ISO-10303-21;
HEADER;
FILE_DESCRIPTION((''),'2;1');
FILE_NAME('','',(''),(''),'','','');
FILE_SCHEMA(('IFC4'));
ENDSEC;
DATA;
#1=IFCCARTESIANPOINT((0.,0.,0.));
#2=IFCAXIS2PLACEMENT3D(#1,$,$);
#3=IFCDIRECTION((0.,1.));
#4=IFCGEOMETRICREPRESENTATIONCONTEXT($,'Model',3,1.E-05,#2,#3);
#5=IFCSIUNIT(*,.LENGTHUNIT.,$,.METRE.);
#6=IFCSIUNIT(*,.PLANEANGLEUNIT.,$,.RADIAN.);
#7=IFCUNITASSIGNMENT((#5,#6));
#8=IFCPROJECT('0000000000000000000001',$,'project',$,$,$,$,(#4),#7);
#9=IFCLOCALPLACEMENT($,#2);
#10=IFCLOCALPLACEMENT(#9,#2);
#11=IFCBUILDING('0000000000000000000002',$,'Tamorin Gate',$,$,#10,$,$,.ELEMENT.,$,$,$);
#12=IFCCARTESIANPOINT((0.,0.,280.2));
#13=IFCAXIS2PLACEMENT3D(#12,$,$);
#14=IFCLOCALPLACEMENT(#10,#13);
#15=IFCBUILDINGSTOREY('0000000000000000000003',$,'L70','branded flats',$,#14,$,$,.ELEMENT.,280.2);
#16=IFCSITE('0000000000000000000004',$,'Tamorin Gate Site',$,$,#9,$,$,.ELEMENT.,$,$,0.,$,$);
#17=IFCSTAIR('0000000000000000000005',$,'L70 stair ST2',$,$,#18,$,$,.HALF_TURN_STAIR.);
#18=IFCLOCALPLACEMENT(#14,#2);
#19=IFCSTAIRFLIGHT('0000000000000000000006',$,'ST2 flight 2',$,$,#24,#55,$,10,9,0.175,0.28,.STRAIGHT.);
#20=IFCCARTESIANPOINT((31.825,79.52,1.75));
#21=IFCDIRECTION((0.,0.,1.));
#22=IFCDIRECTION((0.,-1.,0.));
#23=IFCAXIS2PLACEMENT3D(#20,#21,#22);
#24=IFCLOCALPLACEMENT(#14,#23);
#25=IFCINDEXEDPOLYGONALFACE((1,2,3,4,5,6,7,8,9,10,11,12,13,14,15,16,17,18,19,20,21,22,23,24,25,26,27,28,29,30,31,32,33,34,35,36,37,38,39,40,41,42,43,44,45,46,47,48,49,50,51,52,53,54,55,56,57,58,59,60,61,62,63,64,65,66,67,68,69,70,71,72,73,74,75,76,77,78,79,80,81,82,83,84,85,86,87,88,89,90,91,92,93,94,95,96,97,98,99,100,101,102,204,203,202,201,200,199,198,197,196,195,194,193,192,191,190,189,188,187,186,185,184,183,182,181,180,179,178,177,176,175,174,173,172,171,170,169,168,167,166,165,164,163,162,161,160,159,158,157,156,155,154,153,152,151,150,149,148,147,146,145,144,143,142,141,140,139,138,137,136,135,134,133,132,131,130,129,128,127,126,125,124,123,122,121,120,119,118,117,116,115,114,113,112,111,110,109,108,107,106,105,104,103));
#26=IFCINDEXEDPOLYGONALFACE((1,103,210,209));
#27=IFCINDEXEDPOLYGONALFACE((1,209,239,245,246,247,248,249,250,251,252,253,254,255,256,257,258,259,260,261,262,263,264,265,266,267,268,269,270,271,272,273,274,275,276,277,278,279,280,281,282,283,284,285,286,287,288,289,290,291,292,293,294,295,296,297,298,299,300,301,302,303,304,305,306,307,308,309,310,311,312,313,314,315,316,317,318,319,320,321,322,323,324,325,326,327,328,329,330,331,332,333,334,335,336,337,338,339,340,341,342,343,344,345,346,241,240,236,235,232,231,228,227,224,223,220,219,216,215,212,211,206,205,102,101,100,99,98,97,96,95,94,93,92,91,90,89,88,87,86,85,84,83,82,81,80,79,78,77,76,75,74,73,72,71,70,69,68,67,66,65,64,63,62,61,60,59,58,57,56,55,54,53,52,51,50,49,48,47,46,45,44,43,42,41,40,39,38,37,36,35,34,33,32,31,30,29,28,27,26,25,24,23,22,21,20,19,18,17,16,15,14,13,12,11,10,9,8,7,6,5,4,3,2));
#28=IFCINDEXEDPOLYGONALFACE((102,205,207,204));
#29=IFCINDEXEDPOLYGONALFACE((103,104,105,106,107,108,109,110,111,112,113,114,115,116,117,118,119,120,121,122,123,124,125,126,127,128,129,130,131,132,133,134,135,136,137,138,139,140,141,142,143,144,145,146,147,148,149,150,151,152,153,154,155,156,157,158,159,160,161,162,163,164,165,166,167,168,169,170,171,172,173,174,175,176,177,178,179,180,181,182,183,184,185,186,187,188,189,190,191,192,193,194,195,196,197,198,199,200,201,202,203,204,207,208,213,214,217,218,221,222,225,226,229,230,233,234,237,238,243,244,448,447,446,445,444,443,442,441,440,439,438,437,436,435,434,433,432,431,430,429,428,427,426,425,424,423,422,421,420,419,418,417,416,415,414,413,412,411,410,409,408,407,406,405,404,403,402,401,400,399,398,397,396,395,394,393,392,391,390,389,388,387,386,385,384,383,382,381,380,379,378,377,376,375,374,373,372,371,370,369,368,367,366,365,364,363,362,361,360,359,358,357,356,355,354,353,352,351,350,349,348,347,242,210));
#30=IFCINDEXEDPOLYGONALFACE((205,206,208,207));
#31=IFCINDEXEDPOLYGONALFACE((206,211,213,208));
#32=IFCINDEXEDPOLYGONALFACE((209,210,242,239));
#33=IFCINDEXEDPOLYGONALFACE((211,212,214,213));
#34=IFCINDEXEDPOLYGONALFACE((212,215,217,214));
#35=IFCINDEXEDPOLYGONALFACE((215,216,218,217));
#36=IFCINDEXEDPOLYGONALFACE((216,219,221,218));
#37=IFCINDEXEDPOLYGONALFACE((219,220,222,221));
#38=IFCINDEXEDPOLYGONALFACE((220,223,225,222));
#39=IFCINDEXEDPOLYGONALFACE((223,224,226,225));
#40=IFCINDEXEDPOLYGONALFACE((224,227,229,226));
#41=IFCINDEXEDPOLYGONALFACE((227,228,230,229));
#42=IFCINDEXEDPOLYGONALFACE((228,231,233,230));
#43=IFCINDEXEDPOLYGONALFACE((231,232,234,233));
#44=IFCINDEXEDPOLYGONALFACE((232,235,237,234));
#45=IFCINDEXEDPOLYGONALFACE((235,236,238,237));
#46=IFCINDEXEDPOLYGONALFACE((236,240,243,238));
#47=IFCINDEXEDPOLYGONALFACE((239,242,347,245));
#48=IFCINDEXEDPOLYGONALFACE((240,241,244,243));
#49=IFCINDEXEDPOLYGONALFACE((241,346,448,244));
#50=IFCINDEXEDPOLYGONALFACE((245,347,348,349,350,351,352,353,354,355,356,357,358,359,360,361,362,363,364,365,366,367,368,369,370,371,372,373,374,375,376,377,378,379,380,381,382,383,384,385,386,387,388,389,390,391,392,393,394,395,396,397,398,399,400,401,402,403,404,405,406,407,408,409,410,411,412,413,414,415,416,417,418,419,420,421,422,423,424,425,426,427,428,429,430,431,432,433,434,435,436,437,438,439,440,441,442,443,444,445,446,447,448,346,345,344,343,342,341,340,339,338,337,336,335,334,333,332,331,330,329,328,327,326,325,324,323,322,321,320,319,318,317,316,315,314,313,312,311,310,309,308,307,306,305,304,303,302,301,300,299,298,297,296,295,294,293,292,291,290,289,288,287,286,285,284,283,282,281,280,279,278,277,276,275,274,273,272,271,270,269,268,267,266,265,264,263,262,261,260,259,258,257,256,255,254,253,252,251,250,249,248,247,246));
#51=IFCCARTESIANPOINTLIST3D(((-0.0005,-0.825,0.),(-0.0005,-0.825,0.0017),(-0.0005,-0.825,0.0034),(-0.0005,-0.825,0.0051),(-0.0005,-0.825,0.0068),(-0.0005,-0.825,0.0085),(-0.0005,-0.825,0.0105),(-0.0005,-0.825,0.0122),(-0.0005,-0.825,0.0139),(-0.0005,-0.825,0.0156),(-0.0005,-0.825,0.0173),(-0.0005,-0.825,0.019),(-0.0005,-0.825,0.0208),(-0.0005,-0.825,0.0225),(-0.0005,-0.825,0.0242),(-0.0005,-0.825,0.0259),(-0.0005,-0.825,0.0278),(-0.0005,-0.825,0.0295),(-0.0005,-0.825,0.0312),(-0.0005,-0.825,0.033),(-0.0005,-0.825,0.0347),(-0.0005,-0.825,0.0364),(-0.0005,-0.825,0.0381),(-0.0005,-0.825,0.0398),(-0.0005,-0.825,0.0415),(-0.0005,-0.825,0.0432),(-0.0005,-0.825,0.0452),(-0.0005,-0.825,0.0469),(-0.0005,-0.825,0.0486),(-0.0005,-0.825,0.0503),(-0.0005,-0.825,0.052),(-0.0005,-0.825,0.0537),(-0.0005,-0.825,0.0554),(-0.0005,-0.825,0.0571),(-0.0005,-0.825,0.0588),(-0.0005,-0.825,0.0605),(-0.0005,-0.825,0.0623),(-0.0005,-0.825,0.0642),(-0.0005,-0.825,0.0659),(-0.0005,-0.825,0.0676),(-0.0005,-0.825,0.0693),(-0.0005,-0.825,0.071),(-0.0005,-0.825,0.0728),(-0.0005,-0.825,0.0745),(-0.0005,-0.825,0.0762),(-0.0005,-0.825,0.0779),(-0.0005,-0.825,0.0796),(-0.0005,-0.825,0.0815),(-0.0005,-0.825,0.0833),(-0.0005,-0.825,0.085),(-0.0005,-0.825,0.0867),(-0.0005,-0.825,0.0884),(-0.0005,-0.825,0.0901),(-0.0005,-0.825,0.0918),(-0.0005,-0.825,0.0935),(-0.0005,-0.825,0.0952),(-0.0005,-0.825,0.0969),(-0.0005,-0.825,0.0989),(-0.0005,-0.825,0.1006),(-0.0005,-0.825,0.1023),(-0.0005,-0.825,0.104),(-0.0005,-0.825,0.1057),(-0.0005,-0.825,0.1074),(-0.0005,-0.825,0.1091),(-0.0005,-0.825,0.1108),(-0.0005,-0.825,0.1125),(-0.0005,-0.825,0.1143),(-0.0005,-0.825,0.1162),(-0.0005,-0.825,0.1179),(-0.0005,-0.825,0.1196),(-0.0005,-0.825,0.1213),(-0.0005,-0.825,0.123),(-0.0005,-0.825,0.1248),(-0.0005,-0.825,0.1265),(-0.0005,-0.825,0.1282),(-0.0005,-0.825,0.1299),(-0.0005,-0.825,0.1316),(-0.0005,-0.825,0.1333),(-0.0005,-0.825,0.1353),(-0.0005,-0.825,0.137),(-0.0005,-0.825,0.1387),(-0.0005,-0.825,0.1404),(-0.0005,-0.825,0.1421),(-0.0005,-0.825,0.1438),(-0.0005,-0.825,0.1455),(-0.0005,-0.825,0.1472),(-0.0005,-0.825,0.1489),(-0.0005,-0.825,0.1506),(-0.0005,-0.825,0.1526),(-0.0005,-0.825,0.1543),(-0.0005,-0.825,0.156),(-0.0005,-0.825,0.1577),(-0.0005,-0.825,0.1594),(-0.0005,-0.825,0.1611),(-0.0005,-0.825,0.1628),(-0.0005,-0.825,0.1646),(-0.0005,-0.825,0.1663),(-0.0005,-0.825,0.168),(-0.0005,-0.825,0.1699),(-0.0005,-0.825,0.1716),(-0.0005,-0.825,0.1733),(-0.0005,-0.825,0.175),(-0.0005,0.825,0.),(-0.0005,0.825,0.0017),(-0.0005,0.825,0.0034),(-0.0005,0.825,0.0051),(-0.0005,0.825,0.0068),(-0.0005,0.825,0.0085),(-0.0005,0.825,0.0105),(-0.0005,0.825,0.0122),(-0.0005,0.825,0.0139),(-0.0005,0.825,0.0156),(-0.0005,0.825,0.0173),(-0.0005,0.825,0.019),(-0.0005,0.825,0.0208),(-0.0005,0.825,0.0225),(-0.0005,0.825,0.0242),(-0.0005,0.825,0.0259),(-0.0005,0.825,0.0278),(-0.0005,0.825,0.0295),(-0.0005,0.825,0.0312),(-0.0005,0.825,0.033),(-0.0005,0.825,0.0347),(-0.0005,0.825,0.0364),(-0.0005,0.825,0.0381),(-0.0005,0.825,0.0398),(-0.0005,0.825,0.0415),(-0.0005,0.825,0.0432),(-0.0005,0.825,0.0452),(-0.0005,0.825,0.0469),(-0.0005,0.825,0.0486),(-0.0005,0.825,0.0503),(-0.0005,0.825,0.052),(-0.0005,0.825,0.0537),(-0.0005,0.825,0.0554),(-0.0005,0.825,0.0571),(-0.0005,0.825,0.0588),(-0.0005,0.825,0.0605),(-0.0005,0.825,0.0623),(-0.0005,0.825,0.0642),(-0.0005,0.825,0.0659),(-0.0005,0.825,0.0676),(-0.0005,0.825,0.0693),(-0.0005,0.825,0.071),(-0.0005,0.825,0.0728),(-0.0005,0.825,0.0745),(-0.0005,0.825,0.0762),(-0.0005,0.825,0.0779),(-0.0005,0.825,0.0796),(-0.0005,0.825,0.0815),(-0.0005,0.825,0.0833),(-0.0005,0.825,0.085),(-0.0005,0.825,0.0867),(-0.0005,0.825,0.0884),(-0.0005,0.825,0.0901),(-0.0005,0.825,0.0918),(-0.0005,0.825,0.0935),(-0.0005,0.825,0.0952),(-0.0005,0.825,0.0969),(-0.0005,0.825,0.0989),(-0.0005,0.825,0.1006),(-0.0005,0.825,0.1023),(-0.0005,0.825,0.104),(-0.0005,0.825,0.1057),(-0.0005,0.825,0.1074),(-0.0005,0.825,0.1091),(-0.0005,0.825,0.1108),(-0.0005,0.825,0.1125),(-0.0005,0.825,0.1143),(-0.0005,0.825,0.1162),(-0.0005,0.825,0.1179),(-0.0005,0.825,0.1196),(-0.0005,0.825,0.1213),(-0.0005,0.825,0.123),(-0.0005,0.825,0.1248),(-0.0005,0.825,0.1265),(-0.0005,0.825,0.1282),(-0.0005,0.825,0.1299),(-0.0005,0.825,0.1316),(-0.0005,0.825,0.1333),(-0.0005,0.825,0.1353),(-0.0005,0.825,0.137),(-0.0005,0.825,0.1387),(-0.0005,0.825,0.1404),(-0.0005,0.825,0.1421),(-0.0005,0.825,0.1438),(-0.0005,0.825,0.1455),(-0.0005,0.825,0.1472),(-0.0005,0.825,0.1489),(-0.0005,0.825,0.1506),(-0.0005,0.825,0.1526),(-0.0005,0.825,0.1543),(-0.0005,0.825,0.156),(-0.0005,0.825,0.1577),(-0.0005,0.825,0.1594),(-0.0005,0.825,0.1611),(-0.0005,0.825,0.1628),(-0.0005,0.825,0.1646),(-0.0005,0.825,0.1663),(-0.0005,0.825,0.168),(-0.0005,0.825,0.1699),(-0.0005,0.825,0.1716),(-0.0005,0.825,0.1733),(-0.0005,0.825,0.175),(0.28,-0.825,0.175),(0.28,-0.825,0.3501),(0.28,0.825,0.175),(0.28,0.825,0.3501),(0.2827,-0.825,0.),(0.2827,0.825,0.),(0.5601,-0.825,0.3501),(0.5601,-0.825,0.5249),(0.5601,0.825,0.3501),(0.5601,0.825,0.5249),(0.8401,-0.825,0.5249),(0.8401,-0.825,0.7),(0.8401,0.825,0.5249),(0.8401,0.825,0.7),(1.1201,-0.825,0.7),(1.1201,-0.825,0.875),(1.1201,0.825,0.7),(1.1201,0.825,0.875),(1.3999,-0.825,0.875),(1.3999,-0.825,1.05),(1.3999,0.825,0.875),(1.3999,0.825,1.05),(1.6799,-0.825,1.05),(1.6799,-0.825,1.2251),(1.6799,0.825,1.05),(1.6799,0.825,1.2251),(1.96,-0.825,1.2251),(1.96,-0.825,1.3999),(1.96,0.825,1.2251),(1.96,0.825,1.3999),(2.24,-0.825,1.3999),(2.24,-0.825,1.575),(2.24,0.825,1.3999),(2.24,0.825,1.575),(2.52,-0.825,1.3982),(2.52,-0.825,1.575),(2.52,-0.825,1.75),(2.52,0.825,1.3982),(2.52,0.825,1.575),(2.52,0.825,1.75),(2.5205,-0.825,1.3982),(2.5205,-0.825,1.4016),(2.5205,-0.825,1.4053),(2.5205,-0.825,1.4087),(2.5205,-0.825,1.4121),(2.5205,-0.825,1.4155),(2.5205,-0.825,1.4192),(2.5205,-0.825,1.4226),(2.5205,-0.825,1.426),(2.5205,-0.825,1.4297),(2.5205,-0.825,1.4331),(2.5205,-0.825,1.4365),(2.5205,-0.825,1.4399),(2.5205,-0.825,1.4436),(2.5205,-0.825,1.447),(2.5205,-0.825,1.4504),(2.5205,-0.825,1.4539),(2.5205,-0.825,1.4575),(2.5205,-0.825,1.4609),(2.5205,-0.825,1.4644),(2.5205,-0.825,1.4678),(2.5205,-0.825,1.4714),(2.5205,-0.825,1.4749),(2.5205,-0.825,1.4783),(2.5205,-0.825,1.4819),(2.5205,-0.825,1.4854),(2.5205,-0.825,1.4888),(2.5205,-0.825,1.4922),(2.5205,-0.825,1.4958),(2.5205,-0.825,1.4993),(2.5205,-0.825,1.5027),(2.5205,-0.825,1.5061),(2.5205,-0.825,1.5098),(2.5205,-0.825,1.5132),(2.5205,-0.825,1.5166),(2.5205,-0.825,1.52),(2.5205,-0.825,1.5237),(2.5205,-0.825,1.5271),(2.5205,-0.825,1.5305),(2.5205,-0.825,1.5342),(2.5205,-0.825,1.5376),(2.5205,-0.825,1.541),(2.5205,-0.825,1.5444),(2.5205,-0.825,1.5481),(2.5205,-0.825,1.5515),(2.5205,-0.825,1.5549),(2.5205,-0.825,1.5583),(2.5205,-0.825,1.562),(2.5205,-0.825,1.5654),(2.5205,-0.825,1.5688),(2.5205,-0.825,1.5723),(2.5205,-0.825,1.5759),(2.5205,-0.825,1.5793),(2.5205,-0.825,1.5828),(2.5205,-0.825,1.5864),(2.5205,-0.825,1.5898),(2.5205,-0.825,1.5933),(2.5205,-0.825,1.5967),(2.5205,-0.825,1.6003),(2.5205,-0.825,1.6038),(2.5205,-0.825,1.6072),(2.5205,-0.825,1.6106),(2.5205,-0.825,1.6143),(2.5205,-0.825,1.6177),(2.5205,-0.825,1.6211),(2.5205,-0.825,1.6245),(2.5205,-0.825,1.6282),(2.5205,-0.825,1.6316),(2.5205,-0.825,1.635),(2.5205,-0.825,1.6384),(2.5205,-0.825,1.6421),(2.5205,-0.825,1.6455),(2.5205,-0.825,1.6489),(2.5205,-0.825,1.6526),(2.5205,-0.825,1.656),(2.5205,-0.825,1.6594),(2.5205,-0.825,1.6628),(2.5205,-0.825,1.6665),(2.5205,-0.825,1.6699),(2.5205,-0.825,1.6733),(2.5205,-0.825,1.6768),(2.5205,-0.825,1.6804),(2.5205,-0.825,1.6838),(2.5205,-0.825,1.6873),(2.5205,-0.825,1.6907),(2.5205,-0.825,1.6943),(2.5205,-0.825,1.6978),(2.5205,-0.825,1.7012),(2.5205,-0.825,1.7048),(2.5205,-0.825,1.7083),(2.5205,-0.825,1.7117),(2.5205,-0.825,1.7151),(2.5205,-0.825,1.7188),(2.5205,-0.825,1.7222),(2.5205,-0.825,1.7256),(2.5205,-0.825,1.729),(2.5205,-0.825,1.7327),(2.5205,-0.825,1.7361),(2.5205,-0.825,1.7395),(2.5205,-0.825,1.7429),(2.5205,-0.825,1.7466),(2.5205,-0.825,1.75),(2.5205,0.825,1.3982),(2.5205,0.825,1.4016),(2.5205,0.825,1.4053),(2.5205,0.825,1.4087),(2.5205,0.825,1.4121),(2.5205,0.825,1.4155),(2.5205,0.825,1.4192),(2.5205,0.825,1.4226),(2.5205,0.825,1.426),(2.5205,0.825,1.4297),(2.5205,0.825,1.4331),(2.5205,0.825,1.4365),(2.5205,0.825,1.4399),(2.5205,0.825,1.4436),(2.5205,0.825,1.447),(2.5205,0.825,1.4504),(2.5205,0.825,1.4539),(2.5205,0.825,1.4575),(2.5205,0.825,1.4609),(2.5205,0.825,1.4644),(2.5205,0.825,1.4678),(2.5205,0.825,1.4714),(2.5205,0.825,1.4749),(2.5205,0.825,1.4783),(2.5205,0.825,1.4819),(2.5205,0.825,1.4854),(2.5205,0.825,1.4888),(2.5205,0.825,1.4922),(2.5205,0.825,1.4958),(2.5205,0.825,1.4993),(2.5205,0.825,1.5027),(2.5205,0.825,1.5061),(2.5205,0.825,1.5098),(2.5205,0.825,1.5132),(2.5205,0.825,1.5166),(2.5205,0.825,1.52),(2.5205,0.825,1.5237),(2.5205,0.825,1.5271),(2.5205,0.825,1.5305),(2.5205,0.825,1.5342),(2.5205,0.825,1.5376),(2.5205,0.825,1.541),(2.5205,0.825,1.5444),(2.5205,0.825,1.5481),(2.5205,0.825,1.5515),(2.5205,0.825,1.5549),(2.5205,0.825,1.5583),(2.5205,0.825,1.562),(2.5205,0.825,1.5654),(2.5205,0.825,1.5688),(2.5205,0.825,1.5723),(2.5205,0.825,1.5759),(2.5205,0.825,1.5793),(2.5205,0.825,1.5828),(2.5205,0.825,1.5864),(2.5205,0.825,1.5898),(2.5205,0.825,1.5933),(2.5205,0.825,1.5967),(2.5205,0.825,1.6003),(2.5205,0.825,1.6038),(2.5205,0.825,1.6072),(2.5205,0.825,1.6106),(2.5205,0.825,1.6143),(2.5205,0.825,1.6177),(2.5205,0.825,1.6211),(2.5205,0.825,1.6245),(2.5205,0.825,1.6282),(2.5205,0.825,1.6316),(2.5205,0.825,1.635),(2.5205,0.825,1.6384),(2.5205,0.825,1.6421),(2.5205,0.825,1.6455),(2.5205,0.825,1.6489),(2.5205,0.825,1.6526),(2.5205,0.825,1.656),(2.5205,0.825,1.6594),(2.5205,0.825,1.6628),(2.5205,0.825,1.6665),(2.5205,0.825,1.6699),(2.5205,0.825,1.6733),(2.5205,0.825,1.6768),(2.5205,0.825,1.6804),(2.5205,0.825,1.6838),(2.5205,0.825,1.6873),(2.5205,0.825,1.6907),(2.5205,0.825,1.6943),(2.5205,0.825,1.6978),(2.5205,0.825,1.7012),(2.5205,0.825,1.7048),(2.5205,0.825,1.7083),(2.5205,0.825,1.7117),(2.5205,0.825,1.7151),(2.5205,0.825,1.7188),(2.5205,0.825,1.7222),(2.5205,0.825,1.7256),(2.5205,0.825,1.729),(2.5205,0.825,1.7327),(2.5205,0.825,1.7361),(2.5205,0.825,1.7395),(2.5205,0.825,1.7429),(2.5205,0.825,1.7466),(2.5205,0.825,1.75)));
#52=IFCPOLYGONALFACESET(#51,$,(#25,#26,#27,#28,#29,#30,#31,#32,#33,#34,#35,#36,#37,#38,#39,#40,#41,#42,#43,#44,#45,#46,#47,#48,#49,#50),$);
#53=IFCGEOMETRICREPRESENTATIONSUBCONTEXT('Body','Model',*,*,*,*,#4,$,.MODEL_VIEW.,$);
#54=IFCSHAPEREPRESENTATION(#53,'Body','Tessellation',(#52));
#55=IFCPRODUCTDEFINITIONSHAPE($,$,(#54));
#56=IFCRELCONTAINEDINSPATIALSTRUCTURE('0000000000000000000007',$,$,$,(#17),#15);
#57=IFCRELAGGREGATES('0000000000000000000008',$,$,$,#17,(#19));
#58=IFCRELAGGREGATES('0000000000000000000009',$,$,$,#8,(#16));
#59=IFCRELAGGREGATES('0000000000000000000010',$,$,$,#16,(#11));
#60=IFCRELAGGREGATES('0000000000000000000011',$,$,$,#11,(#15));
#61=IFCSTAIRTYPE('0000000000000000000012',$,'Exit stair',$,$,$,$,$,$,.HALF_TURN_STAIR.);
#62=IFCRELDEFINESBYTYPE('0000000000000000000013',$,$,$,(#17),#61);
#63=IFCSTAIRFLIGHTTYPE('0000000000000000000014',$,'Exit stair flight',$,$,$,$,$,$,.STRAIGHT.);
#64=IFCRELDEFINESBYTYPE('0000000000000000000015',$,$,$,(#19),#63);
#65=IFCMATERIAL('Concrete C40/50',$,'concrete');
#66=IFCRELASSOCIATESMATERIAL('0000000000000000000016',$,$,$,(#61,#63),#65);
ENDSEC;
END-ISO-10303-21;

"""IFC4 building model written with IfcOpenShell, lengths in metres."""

from ifc_helpers import new_model, si_unit, direction, frame, origin, place, context, subcontext, project, spatial, polyline, outline, extrude, material, type_object, element, aggregate, save


model = new_model("IFC4")

# Units and contexts
model_context = context("Model", 3, precision=1e-05, world=origin(), true_north=direction((0.0, 1.0)))
body_context = subcontext(model_context, "Body", "Model", "MODEL_VIEW")
ifc_project = project(units=[si_unit("LENGTHUNIT", "METRE"), si_unit("PLANEANGLEUNIT", "RADIAN")], contexts=[model_context])

# Site, building, storey
site_placement = place(None, origin())
site = spatial("IfcSite", under=ifc_project, at=site_placement, Name="Tamorin Gate Site", CompositionType="ELEMENT", RefElevation=0.0)
building_placement = place(site_placement, origin())
building = spatial("IfcBuilding", under=site, at=building_placement, Name="Tamorin Gate", CompositionType="ELEMENT")
storey_placement = place(building_placement, frame((0.0, 0.0, 280.2)))
storey = spatial("IfcBuildingStorey", under=building, at=storey_placement, Name="L70", Description="branded flats", CompositionType="ELEMENT", Elevation=280.2)

# Stair, stair flight
ifc_material_1 = material(Name="Concrete C40/50", Category="concrete")
stair_type = type_object("IfcStairType", Name="Exit stair", PredefinedType="HALF_TURN_STAIR", material=ifc_material_1)
stair_placement = place(storey_placement, origin())
stair = element("IfcStair", 1, at=stair_placement, inside=storey, type_object=stair_type, Name="L70 stair ST2", PredefinedType="HALF_TURN_STAIR")
stair_flight_type = type_object("IfcStairFlightType", Name="Exit stair flight", PredefinedType="STRAIGHT", material=ifc_material_1)
stair_flight_placement = place(storey_placement, frame((31.825, 79.52, 1.75), z_axis=(0.0, 0.0, 1.0), x_axis=(0.0, -1.0, 0.0)))
stair_flight = element("IfcStairFlight", 2, at=stair_flight_placement, type_object=stair_flight_type, Name="ST2 flight 2", NumberOfRisers=10, NumberOfTreads=9, PredefinedType="STRAIGHT", RiserHeight=0.175, TreadLength=0.28, context=body_context, shape_type="SweptSolid", body=[
    extrude(outline(polyline([(-0.0005, 0.0), (-0.0005, 0.0017), (-0.0005, 0.0034), (-0.0005, 0.0051), (-0.0005, 0.0068), (-0.0005, 0.0085), (-0.0005, 0.0105), (-0.0005, 0.0122), (-0.0005, 0.0139), (-0.0005, 0.0156), (-0.0005, 0.0173), (-0.0005, 0.019), (-0.0005, 0.0208), (-0.0005, 0.0225), (-0.0005, 0.0242), (-0.0005, 0.0259), (-0.0005, 0.0278), (-0.0005, 0.0295), (-0.0005, 0.0312), (-0.0005, 0.033), (-0.0005, 0.0347), (-0.0005, 0.0364), (-0.0005, 0.0381), (-0.0005, 0.0398), (-0.0005, 0.0415), (-0.0005, 0.0432), (-0.0005, 0.0452), (-0.0005, 0.0469), (-0.0005, 0.0486), (-0.0005, 0.0503), (-0.0005, 0.052), (-0.0005, 0.0537), (-0.0005, 0.0554), (-0.0005, 0.0571), (-0.0005, 0.0588), (-0.0005, 0.0605), (-0.0005, 0.0623), (-0.0005, 0.0642), (-0.0005, 0.0659), (-0.0005, 0.0676), (-0.0005, 0.0693), (-0.0005, 0.071), (-0.0005, 0.0728), (-0.0005, 0.0745), (-0.0005, 0.0762), (-0.0005, 0.0779), (-0.0005, 0.0796), (-0.0005, 0.0815), (-0.0005, 0.0833), (-0.0005, 0.085), (-0.0005, 0.0867), (-0.0005, 0.0884), (-0.0005, 0.0901), (-0.0005, 0.0918), (-0.0005, 0.0935), (-0.0005, 0.0952), (-0.0005, 0.0969), (-0.0005, 0.0989), (-0.0005, 0.1006), (-0.0005, 0.1023), (-0.0005, 0.104), (-0.0005, 0.1057), (-0.0005, 0.1074), (-0.0005, 0.1091), (-0.0005, 0.1108), (-0.0005, 0.1125), (-0.0005, 0.1143), (-0.0005, 0.1162), (-0.0005, 0.1179), (-0.0005, 0.1196), (-0.0005, 0.1213), (-0.0005, 0.123), (-0.0005, 0.1248), (-0.0005, 0.1265), (-0.0005, 0.1282), (-0.0005, 0.1299), (-0.0005, 0.1316), (-0.0005, 0.1333), (-0.0005, 0.1353), (-0.0005, 0.137), (-0.0005, 0.1387), (-0.0005, 0.1404), (-0.0005, 0.1421), (-0.0005, 0.1438), (-0.0005, 0.1455), (-0.0005, 0.1472), (-0.0005, 0.1489), (-0.0005, 0.1506), (-0.0005, 0.1526), (-0.0005, 0.1543), (-0.0005, 0.156), (-0.0005, 0.1577), (-0.0005, 0.1594), (-0.0005, 0.1611), (-0.0005, 0.1628), (-0.0005, 0.1646), (-0.0005, 0.1663), (-0.0005, 0.168), (-0.0005, 0.1699), (-0.0005, 0.1716), (-0.0005, 0.1733), (-0.0005, 0.175), (0.28, 0.175), (0.28, 0.3501), (0.5601, 0.3501), (0.5601, 0.5249), (0.8401, 0.5249), (0.8401, 0.7), (1.1201, 0.7), (1.1201, 0.875), (1.3999, 0.875), (1.3999, 1.05), (1.6799, 1.05), (1.6799, 1.2251), (1.96, 1.2251), (1.96, 1.3999), (2.24, 1.3999), (2.24, 1.575), (2.52, 1.575), (2.52, 1.75), (2.5205, 1.75), (2.5205, 1.7466), (2.5205, 1.7429), (2.5205, 1.7395), (2.5205, 1.7361), (2.5205, 1.7327), (2.5205, 1.729), (2.5205, 1.7256), (2.5205, 1.7222), (2.5205, 1.7188), (2.5205, 1.7151), (2.5205, 1.7117), (2.5205, 1.7083), (2.5205, 1.7048), (2.5205, 1.7012), (2.5205, 1.6978), (2.5205, 1.6943), (2.5205, 1.6907), (2.5205, 1.6873), (2.5205, 1.6838), (2.5205, 1.6804), (2.5205, 1.6768), (2.5205, 1.6733), (2.5205, 1.6699), (2.5205, 1.6665), (2.5205, 1.6628), (2.5205, 1.6594), (2.5205, 1.656), (2.5205, 1.6526), (2.5205, 1.6489), (2.5205, 1.6455), (2.5205, 1.6421), (2.5205, 1.6384), (2.5205, 1.635), (2.5205, 1.6316), (2.5205, 1.6282), (2.5205, 1.6245), (2.5205, 1.6211), (2.5205, 1.6177), (2.5205, 1.6143), (2.5205, 1.6106), (2.5205, 1.6072), (2.5205, 1.6038), (2.5205, 1.6003), (2.5205, 1.5967), (2.5205, 1.5933), (2.5205, 1.5898), (2.5205, 1.5864), (2.5205, 1.5828), (2.5205, 1.5793), (2.5205, 1.5759), (2.5205, 1.5723), (2.5205, 1.5688), (2.5205, 1.5654), (2.5205, 1.562), (2.5205, 1.5583), (2.5205, 1.5549), (2.5205, 1.5515), (2.5205, 1.5481), (2.5205, 1.5444), (2.5205, 1.541), (2.5205, 1.5376), (2.5205, 1.5342), (2.5205, 1.5305), (2.5205, 1.5271), (2.5205, 1.5237), (2.5205, 1.52), (2.5205, 1.5166), (2.5205, 1.5132), (2.5205, 1.5098), (2.5205, 1.5061), (2.5205, 1.5027), (2.5205, 1.4993), (2.5205, 1.4958), (2.5205, 1.4922), (2.5205, 1.4888), (2.5205, 1.4854), (2.5205, 1.4819), (2.5205, 1.4783), (2.5205, 1.4749), (2.5205, 1.4714), (2.5205, 1.4678), (2.5205, 1.4644), (2.5205, 1.4609), (2.5205, 1.4575), (2.5205, 1.4539), (2.5205, 1.4504), (2.5205, 1.447), (2.5205, 1.4436), (2.5205, 1.4399), (2.5205, 1.4365), (2.5205, 1.4331), (2.5205, 1.4297), (2.5205, 1.426), (2.5205, 1.4226), (2.5205, 1.4192), (2.5205, 1.4155), (2.5205, 1.4121), (2.5205, 1.4087), (2.5205, 1.4053), (2.5205, 1.4016), (2.5205, 1.3982), (2.52, 1.3982), (0.2827, 0.0), (-0.0005, 0.0)])), frame((0.0, 0.825, 0.0), z_axis=(0.0, -1.0, 0.0), x_axis=(1.0, 0.0, 0.0)), (0.0, 0.0, 1.0), 1.6499),
])
aggregate(stair, [stair_flight])

save(model, "model.ifc")
